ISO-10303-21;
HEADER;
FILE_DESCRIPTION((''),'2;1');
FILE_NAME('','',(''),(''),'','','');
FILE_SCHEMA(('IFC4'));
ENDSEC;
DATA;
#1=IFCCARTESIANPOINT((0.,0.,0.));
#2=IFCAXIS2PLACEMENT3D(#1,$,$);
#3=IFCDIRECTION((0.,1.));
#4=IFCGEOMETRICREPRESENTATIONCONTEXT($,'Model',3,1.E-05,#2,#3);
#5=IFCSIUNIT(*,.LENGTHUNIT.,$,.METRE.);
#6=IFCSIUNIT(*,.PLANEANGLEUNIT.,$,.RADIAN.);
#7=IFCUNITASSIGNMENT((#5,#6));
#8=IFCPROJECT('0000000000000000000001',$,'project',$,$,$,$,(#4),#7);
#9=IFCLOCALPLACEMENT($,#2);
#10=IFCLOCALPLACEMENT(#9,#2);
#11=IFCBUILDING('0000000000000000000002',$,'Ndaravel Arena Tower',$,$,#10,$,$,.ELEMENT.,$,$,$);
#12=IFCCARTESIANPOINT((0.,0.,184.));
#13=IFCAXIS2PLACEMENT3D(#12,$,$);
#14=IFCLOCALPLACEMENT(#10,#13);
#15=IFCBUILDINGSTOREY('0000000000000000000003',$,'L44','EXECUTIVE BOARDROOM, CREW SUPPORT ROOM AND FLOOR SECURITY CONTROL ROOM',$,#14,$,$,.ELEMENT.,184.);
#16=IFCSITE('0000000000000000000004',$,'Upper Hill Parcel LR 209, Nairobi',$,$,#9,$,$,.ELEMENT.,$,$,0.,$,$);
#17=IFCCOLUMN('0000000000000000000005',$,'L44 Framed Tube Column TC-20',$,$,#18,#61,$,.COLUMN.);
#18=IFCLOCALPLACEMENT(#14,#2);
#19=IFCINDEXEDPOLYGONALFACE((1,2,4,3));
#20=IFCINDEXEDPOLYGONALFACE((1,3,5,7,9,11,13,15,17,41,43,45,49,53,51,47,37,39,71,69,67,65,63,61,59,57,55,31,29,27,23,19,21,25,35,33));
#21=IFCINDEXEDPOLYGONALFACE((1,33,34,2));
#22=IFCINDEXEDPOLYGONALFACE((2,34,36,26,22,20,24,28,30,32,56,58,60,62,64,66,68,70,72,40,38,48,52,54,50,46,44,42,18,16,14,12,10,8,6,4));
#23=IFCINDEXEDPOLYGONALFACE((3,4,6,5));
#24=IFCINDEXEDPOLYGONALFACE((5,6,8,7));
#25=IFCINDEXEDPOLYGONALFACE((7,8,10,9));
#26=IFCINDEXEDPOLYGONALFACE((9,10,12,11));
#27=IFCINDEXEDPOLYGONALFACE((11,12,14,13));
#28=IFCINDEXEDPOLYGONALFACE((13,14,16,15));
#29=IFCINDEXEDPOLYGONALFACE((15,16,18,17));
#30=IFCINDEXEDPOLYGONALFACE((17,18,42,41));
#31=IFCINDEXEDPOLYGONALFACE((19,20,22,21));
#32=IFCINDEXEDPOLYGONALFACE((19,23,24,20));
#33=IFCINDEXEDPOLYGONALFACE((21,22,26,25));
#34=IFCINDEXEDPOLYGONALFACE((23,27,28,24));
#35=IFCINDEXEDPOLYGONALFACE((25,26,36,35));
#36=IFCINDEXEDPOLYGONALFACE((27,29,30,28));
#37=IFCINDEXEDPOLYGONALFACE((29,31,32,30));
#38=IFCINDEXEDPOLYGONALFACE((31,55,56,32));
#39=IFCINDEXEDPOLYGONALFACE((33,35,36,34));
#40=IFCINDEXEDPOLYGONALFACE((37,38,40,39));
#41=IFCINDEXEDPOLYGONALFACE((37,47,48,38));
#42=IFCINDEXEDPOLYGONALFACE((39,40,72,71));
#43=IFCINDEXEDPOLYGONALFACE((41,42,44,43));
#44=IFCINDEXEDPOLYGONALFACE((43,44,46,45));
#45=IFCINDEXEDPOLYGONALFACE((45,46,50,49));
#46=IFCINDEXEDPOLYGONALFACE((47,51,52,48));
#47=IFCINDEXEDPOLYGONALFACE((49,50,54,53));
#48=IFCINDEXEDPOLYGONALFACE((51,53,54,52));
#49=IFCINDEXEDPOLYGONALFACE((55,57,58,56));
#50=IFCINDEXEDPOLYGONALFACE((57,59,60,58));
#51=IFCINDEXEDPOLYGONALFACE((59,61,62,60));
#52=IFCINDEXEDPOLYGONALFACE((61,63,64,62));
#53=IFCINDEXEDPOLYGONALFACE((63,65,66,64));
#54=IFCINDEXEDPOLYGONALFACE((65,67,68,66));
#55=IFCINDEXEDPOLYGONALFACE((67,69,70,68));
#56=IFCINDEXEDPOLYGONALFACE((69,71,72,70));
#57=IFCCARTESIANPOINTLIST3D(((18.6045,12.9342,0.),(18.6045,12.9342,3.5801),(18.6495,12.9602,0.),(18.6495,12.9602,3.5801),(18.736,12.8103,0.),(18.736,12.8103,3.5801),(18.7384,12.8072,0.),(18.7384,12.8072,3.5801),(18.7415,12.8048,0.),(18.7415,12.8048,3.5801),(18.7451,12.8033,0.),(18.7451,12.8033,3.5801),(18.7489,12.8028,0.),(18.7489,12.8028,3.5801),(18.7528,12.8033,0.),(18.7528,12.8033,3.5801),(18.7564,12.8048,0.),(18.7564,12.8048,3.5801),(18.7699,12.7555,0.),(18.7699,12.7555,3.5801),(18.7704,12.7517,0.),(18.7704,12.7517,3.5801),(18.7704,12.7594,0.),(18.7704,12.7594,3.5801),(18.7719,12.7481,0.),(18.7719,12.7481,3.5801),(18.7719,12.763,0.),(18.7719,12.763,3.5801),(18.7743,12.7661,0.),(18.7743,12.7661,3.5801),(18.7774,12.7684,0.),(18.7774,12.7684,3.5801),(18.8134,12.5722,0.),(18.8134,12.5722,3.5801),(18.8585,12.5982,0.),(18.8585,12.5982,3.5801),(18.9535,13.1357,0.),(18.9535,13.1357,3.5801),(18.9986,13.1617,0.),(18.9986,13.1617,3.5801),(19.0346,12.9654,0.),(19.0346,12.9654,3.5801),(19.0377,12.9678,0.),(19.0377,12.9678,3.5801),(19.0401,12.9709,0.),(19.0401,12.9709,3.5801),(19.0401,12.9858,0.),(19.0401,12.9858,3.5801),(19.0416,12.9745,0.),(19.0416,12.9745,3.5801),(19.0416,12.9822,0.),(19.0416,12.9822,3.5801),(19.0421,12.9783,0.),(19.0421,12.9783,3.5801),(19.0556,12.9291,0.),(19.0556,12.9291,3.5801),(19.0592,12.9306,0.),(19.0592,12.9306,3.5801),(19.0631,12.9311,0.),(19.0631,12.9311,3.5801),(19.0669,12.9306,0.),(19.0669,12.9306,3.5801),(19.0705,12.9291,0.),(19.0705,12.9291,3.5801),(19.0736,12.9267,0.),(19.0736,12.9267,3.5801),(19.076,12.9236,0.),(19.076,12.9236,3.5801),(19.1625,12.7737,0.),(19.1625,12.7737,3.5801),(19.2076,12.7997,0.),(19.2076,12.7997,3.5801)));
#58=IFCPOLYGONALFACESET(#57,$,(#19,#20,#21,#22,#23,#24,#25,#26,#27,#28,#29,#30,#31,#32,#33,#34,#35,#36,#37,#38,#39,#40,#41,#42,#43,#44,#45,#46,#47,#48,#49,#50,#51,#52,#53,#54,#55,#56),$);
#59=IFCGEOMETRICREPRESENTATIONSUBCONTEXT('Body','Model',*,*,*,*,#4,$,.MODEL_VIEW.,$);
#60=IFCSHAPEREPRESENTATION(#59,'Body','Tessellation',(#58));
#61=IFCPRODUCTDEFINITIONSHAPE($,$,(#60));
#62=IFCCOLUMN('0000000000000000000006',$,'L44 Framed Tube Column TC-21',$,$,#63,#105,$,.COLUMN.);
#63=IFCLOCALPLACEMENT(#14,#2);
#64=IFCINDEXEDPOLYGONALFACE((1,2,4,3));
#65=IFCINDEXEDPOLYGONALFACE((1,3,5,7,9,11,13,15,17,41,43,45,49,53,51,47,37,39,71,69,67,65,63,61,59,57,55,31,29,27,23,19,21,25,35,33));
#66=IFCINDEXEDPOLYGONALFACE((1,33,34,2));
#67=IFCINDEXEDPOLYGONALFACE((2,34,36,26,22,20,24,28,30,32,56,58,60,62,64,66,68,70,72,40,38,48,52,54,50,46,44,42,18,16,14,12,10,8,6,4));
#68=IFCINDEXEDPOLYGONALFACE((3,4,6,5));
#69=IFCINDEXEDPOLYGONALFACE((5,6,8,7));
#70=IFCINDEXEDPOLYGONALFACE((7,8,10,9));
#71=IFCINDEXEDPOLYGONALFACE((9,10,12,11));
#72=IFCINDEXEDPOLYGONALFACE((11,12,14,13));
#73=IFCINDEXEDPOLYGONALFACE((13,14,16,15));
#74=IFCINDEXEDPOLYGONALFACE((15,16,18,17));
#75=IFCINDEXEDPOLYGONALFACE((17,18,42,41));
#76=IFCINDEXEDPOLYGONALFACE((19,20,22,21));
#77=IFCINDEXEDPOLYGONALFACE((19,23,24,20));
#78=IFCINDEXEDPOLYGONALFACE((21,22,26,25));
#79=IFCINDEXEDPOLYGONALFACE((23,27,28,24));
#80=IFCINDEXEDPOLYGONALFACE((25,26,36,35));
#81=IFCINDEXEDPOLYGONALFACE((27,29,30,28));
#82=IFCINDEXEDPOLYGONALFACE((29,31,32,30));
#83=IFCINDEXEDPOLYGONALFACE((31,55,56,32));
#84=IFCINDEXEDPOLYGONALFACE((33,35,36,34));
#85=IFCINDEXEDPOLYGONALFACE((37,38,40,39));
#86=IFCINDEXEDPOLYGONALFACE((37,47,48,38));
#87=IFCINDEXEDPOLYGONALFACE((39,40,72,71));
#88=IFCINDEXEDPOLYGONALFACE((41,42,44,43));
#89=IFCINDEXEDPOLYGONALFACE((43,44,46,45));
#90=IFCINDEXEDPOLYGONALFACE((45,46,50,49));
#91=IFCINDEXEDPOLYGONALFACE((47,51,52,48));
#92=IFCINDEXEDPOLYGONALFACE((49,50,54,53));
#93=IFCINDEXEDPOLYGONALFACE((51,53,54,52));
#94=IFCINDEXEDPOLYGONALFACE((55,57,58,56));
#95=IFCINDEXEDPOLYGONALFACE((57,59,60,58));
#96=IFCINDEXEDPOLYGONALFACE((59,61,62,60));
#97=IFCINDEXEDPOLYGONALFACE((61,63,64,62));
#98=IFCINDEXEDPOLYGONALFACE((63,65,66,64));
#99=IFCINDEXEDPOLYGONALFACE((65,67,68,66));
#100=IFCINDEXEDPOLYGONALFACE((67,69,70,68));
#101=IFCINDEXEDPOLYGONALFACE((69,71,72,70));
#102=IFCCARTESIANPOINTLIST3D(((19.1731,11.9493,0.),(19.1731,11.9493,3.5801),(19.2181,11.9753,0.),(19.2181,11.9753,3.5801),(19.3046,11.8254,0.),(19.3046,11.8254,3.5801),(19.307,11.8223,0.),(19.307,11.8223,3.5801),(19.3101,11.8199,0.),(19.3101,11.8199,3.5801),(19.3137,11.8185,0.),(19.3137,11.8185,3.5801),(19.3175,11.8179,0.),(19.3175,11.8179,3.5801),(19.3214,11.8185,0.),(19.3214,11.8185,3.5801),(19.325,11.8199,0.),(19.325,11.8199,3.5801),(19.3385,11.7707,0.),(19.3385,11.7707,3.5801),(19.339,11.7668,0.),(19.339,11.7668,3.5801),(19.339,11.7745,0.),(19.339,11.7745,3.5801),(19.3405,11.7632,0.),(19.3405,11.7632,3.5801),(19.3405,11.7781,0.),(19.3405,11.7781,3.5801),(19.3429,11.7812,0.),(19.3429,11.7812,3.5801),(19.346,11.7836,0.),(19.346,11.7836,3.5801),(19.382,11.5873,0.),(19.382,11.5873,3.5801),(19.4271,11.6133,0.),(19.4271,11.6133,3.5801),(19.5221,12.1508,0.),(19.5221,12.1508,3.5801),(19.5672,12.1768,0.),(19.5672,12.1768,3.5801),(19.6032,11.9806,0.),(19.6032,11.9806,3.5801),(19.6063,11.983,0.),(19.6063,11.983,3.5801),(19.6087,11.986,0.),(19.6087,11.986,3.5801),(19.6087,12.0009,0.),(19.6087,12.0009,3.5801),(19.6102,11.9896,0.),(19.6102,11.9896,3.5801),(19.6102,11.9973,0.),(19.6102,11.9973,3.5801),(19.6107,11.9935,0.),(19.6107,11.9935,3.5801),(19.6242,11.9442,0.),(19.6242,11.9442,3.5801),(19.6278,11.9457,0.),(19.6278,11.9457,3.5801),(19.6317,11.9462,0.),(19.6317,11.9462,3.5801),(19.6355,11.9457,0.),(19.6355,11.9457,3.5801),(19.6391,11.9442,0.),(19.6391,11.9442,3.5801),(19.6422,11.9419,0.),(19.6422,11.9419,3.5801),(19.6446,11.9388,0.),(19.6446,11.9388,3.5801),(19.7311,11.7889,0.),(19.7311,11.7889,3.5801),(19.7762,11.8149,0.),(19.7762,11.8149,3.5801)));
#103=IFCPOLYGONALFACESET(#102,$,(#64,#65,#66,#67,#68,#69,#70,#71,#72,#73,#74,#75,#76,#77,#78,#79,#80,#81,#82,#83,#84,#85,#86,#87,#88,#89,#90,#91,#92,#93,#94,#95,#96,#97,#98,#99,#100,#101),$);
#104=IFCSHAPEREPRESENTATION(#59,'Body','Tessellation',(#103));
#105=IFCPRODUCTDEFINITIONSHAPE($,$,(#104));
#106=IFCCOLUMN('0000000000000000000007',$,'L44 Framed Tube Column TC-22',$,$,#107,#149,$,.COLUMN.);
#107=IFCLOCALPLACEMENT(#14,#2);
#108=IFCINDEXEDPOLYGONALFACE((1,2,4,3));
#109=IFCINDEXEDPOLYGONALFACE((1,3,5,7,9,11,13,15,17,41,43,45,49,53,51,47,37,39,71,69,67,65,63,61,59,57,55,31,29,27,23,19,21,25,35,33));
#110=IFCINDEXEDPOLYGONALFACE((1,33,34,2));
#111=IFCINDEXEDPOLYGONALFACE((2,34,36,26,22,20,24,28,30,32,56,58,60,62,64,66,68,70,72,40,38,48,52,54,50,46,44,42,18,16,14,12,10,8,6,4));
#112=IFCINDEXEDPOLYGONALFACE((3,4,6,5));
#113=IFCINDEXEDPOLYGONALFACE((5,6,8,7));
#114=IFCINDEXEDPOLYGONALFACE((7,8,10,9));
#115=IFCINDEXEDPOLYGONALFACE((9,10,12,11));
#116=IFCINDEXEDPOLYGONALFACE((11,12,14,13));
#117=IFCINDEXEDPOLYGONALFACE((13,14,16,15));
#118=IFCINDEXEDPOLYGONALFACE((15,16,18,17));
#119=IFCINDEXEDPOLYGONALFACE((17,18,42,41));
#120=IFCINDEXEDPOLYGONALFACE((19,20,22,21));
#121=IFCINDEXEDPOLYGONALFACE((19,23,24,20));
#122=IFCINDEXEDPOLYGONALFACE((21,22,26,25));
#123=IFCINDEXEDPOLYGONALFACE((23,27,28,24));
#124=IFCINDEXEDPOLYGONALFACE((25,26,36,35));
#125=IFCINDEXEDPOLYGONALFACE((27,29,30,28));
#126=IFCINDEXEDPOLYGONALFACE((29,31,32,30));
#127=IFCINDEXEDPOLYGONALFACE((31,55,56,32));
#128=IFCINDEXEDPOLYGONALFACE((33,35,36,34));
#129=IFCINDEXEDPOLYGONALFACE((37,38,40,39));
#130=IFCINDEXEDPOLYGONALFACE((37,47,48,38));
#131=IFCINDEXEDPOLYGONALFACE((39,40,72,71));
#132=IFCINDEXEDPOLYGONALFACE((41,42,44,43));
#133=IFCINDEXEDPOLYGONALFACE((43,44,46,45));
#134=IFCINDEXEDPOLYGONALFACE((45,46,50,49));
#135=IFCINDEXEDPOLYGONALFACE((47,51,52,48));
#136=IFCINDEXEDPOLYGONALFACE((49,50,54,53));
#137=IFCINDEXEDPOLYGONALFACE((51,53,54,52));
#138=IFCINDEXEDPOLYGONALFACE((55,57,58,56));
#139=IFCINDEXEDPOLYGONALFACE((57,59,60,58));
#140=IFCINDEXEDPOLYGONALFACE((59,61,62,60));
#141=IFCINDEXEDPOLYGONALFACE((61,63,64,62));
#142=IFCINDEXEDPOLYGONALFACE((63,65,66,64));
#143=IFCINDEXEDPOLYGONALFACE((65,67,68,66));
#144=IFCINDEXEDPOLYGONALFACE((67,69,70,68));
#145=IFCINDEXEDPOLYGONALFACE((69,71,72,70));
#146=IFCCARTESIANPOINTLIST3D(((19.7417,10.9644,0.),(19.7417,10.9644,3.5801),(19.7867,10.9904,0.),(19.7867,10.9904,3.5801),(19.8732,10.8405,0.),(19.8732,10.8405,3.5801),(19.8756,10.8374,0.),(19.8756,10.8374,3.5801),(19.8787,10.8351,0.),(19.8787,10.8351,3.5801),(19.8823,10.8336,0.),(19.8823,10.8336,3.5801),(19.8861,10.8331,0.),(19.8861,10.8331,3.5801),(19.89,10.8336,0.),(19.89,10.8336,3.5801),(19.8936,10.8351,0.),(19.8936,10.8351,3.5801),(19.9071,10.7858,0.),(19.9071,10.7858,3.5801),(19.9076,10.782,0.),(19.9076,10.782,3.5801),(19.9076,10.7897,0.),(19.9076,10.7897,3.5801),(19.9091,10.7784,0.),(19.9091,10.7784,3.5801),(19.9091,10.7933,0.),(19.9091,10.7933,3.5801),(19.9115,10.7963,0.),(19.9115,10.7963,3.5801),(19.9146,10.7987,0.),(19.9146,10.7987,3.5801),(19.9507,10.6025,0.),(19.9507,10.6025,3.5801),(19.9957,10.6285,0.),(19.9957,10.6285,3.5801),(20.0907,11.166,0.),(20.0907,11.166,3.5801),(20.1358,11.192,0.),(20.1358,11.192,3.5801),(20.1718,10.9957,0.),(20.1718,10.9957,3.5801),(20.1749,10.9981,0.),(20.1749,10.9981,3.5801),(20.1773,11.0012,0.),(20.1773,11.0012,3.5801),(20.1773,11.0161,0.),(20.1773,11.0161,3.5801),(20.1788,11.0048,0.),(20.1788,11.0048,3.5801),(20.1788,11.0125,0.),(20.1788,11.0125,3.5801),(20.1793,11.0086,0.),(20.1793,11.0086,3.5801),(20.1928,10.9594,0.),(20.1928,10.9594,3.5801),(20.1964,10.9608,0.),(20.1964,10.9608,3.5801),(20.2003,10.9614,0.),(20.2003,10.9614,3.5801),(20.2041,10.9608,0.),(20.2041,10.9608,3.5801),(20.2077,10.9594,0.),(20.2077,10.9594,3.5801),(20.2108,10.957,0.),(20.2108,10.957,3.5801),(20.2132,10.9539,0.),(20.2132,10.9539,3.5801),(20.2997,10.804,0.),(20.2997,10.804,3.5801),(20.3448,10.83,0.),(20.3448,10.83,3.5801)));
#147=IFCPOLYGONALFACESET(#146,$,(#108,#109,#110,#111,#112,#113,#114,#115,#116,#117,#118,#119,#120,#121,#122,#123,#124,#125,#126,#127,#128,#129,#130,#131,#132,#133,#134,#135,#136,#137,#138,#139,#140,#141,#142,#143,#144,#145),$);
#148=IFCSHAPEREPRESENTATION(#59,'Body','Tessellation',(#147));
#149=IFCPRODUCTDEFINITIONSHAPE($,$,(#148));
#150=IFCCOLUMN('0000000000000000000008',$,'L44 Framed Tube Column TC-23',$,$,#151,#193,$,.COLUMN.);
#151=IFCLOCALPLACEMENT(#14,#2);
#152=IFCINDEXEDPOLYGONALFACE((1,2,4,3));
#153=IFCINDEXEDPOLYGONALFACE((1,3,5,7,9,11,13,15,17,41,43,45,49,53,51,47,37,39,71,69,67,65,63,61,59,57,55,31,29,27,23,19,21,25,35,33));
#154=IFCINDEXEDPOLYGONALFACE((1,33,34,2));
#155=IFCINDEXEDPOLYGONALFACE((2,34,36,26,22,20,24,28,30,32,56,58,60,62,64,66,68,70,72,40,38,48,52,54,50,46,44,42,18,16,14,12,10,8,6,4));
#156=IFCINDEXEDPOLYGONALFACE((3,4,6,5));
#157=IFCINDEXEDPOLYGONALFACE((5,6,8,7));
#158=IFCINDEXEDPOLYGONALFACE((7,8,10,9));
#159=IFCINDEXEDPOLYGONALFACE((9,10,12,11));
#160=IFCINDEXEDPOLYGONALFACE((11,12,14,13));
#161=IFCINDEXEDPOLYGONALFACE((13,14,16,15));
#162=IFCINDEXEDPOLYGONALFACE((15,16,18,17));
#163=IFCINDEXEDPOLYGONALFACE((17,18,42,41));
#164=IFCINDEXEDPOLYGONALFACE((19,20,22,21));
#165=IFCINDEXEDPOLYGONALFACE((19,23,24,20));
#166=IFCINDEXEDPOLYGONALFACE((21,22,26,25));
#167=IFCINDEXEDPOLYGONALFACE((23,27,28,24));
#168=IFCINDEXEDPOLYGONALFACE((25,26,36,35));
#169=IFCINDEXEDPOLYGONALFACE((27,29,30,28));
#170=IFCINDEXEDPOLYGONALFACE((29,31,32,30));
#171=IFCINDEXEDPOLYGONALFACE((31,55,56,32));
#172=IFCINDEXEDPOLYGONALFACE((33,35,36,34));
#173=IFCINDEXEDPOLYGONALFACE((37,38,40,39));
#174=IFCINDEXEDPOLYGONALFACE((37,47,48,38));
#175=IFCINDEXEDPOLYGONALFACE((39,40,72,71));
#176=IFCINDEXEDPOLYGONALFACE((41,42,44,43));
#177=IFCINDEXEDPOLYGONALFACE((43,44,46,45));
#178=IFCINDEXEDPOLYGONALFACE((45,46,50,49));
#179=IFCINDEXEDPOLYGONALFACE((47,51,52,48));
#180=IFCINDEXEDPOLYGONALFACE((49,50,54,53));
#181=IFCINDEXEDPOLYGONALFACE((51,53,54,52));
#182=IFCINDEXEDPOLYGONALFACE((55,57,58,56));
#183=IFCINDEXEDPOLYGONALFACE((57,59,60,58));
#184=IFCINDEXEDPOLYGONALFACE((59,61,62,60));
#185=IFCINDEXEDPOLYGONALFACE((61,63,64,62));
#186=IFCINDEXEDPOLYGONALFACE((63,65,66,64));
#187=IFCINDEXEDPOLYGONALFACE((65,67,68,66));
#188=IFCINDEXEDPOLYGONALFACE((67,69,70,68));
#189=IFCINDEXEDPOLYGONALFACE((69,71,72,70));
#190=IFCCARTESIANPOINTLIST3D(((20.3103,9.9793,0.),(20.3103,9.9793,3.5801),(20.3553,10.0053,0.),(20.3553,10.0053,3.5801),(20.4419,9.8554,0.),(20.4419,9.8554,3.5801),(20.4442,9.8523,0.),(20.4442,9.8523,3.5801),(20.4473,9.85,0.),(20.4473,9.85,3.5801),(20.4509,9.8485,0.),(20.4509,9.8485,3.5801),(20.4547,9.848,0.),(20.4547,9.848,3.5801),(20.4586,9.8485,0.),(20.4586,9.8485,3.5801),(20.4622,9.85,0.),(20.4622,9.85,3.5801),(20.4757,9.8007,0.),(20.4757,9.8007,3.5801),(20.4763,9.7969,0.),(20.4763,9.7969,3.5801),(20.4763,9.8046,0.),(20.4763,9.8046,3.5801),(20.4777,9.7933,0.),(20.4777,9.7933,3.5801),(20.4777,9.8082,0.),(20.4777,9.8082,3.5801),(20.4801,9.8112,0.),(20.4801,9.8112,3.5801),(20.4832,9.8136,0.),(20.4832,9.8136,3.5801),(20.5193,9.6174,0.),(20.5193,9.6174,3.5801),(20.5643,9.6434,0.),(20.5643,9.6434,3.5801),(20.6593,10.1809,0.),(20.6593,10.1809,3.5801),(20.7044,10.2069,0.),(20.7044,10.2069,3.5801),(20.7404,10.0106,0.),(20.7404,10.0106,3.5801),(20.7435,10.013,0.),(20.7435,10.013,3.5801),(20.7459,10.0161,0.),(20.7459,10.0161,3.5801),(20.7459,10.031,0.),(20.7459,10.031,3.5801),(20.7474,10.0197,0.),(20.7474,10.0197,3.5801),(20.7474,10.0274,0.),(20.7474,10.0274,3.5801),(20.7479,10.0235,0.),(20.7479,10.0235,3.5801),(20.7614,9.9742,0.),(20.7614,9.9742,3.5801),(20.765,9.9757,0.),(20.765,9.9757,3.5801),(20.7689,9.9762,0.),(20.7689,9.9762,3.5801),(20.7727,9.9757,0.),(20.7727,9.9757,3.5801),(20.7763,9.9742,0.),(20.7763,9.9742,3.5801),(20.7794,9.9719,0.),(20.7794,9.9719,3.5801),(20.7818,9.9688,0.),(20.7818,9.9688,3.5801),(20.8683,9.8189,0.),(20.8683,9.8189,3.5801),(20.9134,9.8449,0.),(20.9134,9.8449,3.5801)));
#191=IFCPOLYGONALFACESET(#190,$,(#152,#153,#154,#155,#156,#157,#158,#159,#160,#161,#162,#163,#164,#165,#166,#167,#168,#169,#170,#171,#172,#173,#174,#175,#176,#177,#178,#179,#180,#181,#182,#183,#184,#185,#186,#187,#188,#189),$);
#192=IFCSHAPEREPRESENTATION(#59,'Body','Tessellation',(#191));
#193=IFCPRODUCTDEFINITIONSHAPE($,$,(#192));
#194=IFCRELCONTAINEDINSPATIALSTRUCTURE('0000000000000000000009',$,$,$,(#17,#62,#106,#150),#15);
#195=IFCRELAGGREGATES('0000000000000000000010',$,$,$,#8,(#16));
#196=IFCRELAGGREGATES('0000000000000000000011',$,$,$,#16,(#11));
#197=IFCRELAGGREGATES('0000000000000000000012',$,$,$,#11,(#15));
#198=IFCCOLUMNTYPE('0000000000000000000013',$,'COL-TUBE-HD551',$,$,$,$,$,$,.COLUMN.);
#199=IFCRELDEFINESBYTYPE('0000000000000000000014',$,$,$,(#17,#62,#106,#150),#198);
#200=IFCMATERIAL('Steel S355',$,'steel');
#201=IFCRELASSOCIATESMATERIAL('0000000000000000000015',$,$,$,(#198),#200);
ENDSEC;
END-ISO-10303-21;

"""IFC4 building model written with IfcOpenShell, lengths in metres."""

from ifc_helpers import new_model, si_unit, direction, frame, origin, origin_2d, place, context, subcontext, project, spatial, i_section, extrude, material, material_profile, profile_set, type_object, element, save


model = new_model("IFC4")

# Units and contexts
model_context = context("Model", 3, precision=1e-05, world=origin(), true_north=direction((0.0, 1.0)))
body_context = subcontext(model_context, "Body", "Model", "MODEL_VIEW")
ifc_project = project(units=[si_unit("LENGTHUNIT", "METRE"), si_unit("PLANEANGLEUNIT", "RADIAN")], contexts=[model_context])

# Site, building, storey
site_placement = place(None, origin())
site = spatial("IfcSite", under=ifc_project, at=site_placement, Name="Upper Hill Parcel LR 209, Nairobi", CompositionType="ELEMENT", RefElevation=0.0)
building_placement = place(site_placement, origin())
building = spatial("IfcBuilding", under=site, at=building_placement, Name="Ndaravel Arena Tower", CompositionType="ELEMENT")
storey_placement = place(building_placement, frame((0.0, 0.0, 184.0)))
storey = spatial("IfcBuildingStorey", under=building, at=storey_placement, Name="L44", Description="EXECUTIVE BOARDROOM, CREW SUPPORT ROOM AND FLOOR SECURITY CONTROL ROOM", CompositionType="ELEMENT", Elevation=184.0)

# Columns
ifc_material_1 = material(Name="Steel S355", Category="steel")
ifc_material_profile_1 = material_profile(ifc_material_1, i_section(OverallWidth=0.418, OverallDepth=0.4551, WebThickness=0.042, FlangeThickness=0.052, FilletRadius=0.0149, at=origin_2d()), Name="HD 400x551")
ifc_profile_set_1 = profile_set([ifc_material_profile_1], Name="Steel S355")
column_type = type_object("IfcColumnType", Name="COL-TUBE-HD551", PredefinedType="COLUMN", material=ifc_profile_set_1)
for number, where, z_axis, x_axis, name in (
    (1, (18.906, 12.8669, 0.0), (0.0, 0.0, 1.0), (-0.5, 0.866025, 0.0), "L44 Framed Tube Column TC-20"),
    (2, (19.4746, 11.8821, 0.0), (0.0, 0.0, 1.0), (-0.5, 0.866025, 0.0), "L44 Framed Tube Column TC-21"),
    (3, (20.0432, 10.8972, 0.0), (0.0, 0.0, 1.0), (-0.5, 0.866025, 0.0), "L44 Framed Tube Column TC-22"),
    (4, (20.6118, 9.9121, 0.0), (0.0, 0.0, 1.0), (-0.5, 0.866025, 0.0), "L44 Framed Tube Column TC-23"),
):
    element("IfcColumn", number, at=place(storey_placement, frame(where, z_axis=z_axis, x_axis=x_axis)), inside=storey, type_object=column_type, Name=name, PredefinedType="COLUMN", context=body_context, shape_type="SweptSolid", body=[
        extrude(i_section(OverallWidth=0.418, OverallDepth=0.4551, WebThickness=0.042, FlangeThickness=0.052, FilletRadius=0.0149, at=origin_2d()), origin(), (0.0, 0.0, 1.0), 3.5801),
    ])

save(model, "model.ifc")
